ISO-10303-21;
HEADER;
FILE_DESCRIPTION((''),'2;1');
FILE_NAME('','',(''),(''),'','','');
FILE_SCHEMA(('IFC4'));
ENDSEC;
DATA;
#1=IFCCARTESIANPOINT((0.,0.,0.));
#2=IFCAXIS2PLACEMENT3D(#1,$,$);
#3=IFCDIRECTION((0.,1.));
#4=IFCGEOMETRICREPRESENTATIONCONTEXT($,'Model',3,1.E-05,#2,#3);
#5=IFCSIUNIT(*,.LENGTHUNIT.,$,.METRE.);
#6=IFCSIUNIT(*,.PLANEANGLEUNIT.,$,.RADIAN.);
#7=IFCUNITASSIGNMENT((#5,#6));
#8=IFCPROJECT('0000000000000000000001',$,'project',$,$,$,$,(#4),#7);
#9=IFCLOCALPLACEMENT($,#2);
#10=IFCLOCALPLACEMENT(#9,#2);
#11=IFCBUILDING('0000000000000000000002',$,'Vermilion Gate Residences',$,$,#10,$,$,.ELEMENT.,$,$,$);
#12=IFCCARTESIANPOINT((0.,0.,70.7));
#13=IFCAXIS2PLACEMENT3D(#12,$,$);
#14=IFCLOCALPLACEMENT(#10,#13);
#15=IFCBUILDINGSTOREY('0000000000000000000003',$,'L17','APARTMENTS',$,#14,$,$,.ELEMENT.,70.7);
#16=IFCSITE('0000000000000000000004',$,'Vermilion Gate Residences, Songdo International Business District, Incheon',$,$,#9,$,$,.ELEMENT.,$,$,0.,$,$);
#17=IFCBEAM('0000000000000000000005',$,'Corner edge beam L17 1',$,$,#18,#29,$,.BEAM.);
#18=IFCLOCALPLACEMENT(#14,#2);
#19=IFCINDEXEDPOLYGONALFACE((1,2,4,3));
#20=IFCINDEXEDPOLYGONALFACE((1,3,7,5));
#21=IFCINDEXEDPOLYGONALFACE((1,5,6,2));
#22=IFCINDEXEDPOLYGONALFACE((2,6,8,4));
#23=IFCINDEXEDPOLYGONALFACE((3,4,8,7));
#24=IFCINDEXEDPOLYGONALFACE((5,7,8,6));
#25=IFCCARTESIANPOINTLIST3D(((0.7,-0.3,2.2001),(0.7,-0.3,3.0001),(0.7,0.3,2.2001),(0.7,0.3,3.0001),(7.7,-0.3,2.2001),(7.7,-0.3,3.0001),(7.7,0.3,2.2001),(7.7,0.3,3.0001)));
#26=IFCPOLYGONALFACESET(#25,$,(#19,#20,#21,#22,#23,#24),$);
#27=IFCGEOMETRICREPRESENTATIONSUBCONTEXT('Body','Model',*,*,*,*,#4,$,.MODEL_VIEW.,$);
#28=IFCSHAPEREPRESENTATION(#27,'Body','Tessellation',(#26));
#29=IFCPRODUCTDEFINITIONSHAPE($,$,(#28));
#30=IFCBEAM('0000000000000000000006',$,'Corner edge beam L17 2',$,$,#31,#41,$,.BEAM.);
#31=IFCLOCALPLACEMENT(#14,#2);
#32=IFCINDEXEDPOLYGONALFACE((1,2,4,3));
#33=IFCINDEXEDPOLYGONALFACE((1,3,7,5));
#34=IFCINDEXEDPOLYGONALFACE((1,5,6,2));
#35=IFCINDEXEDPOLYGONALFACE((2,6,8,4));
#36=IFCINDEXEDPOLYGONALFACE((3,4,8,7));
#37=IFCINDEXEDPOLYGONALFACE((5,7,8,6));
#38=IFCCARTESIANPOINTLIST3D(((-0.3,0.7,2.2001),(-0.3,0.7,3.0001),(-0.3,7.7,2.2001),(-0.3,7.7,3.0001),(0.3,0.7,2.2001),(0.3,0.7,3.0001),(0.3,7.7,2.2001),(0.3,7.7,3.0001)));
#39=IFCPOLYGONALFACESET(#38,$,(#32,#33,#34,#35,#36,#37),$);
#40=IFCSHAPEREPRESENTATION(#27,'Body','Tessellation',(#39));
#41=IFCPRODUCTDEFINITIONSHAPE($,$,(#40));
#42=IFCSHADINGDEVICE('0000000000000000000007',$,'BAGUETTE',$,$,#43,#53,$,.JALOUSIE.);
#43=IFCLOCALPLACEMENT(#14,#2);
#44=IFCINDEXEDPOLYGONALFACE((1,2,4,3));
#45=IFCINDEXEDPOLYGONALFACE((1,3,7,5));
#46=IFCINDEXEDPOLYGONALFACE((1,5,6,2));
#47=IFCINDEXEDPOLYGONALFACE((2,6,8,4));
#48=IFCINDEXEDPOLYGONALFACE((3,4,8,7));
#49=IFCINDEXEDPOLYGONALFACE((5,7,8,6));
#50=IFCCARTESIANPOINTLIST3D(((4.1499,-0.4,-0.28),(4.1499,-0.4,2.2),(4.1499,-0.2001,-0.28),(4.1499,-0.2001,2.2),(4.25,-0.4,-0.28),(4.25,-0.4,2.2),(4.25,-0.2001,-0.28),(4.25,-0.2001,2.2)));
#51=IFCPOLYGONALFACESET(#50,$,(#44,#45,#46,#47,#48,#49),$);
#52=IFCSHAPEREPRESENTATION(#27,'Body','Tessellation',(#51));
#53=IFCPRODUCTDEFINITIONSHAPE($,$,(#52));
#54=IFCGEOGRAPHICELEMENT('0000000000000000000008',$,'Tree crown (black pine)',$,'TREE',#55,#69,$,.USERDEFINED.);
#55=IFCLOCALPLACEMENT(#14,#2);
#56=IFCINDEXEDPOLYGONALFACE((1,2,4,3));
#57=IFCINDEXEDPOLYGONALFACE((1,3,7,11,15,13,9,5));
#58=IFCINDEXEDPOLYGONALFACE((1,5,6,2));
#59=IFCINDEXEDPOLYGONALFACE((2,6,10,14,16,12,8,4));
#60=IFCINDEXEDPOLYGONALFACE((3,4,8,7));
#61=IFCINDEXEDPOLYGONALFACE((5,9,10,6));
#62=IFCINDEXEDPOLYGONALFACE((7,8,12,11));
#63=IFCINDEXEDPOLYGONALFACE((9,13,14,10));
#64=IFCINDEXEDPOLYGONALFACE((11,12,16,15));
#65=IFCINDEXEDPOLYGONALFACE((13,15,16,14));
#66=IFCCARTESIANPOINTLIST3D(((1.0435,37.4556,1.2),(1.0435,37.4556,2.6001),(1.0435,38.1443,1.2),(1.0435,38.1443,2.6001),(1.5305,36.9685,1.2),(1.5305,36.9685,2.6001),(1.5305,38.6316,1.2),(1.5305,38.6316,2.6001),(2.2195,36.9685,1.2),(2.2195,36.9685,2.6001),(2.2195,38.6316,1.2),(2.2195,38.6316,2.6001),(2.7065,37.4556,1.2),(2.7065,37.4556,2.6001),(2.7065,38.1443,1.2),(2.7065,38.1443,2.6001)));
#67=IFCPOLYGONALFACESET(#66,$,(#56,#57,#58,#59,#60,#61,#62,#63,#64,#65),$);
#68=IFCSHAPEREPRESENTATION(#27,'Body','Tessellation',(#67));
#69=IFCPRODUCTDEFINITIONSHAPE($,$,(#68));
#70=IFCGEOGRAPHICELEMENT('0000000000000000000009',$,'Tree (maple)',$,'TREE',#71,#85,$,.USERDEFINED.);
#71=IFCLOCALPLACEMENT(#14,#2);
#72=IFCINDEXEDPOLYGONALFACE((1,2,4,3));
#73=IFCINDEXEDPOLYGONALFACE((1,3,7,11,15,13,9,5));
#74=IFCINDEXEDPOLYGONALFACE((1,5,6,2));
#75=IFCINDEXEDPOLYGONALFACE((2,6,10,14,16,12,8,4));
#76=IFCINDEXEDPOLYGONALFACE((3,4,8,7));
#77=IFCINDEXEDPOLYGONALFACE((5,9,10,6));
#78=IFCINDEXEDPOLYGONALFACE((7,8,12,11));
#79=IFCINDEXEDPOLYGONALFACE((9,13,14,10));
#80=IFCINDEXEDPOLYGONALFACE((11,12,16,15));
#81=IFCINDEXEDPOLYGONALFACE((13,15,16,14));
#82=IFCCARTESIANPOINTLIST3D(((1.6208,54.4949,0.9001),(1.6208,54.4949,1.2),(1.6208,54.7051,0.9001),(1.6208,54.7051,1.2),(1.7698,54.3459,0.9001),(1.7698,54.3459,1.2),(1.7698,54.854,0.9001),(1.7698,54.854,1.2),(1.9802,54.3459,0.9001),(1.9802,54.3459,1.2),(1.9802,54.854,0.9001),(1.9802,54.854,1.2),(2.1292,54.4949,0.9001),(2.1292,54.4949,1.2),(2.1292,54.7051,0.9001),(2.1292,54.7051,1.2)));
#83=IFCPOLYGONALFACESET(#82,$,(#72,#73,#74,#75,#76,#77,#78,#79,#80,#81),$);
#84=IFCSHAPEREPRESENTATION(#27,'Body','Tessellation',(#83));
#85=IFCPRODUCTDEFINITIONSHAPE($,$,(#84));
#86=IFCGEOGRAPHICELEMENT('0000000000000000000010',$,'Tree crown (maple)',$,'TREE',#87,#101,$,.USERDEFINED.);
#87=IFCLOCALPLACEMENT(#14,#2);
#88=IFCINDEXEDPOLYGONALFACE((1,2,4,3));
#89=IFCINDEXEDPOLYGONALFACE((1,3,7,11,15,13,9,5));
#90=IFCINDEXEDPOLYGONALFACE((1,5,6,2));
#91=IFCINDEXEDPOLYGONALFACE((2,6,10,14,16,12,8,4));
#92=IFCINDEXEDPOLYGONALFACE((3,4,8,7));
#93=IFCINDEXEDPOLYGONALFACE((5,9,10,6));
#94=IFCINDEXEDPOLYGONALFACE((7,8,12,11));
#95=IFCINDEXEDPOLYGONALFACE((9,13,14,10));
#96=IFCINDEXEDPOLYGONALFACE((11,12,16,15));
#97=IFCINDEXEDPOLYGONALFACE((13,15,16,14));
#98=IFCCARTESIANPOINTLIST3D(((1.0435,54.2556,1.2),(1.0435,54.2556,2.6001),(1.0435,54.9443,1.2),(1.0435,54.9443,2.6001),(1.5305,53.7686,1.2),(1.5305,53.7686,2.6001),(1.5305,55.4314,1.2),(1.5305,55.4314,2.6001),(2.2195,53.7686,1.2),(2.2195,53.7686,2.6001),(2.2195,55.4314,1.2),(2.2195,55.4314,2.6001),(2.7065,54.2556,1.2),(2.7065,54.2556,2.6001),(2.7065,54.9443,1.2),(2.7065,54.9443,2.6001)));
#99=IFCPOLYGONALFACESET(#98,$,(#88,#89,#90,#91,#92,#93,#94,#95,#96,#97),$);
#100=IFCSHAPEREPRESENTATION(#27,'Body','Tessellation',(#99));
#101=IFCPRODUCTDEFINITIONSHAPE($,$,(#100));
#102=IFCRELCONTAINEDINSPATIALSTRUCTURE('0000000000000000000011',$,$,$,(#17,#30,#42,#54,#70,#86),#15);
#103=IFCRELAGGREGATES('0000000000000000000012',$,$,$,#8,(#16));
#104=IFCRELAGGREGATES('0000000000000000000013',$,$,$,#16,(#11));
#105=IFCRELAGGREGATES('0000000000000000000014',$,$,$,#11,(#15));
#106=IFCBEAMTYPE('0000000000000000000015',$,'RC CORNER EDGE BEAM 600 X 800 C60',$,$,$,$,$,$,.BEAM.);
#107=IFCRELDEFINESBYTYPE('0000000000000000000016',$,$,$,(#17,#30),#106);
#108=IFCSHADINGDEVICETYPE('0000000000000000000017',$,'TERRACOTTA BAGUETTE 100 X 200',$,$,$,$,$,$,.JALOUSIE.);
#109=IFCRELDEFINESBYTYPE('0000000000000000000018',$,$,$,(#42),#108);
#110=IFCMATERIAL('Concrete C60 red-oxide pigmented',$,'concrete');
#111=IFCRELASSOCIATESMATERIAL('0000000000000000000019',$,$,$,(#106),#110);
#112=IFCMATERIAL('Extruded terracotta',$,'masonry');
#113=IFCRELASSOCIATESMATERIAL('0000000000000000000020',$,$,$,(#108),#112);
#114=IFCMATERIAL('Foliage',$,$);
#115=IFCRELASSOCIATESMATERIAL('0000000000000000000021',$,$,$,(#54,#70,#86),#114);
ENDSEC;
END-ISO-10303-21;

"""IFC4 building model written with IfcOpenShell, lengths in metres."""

from ifc_helpers import new_model, si_unit, direction, frame, origin, origin_2d, place, context, subcontext, project, spatial, polyline, rectangle, outline, extrude, material, material_profile, profile_set, type_object, element, save


model = new_model("IFC4")

# Units and contexts
model_context = context("Model", 3, precision=1e-05, world=origin(), true_north=direction((0.0, 1.0)))
body_context = subcontext(model_context, "Body", "Model", "MODEL_VIEW")
ifc_project = project(units=[si_unit("LENGTHUNIT", "METRE"), si_unit("PLANEANGLEUNIT", "RADIAN")], contexts=[model_context])

# Site, building, storey
site_placement = place(None, origin())
site = spatial("IfcSite", under=ifc_project, at=site_placement, Name="Vermilion Gate Residences, Songdo International Business District, Incheon", CompositionType="ELEMENT", RefElevation=0.0)
building_placement = place(site_placement, origin())
building = spatial("IfcBuilding", under=site, at=building_placement, Name="Vermilion Gate Residences", CompositionType="ELEMENT")
storey_placement = place(building_placement, frame((0.0, 0.0, 70.7)))
storey = spatial("IfcBuildingStorey", under=building, at=storey_placement, Name="L17", Description="APARTMENTS", CompositionType="ELEMENT", Elevation=70.7)

# Beams
ifc_material_1 = material(Name="Concrete C60 red-oxide pigmented", Category="concrete")
ifc_material_profile_1 = material_profile(ifc_material_1, rectangle(XDim=0.6001, YDim=0.8, at=origin_2d()), Name="RC-600x800")
ifc_profile_set_1 = profile_set([ifc_material_profile_1], Name="Concrete C60 red-oxide pigmented")
beam_type = type_object("IfcBeamType", Name="RC CORNER EDGE BEAM 600 X 800 C60", PredefinedType="BEAM", material=ifc_profile_set_1)
for number, where, z_axis, x_axis, name in (
    (1, (0.7, 0.0, 2.6001), (1.0, 0.0, 0.0), (0.0, 1.0, 0.0), "Corner edge beam L17 1"),
    (2, (0.0, 0.7, 2.6001), (0.0, 1.0, 0.0), (-1.0, 0.0, 0.0), "Corner edge beam L17 2"),
):
    element("IfcBeam", number, at=place(storey_placement, frame(where, z_axis=z_axis, x_axis=x_axis)), inside=storey, type_object=beam_type, Name=name, PredefinedType="BEAM", context=body_context, shape_type="SweptSolid", body=[
        extrude(rectangle(XDim=0.6001, YDim=0.8, at=origin_2d()), origin(), (0.0, 0.0, 1.0), 7.0),
    ])

# Shading device
ifc_material_2 = material(Name="Extruded terracotta", Category="masonry")
ifc_material_profile_2 = material_profile(ifc_material_2, rectangle(XDim=0.2, YDim=0.1001, at=origin_2d()), Name="BAGUETTE 100 X 200")
ifc_profile_set_2 = profile_set([ifc_material_profile_2], Name="Extruded terracotta")
shading_device_type = type_object("IfcShadingDeviceType", Name="TERRACOTTA BAGUETTE 100 X 200", PredefinedType="JALOUSIE", material=ifc_profile_set_2)
shading_device_placement = place(storey_placement, frame((4.2, -0.3, -0.28), z_axis=(0.0, 0.0, 1.0), x_axis=(0.0, 1.0, 0.0)))
element("IfcShadingDevice", 3, at=shading_device_placement, inside=storey, type_object=shading_device_type, Name="BAGUETTE", PredefinedType="JALOUSIE", context=body_context, shape_type="SweptSolid", body=[
    extrude(rectangle(XDim=0.2, YDim=0.1001, at=origin_2d()), origin(), (0.0, 0.0, 1.0), 2.48),
])

# Geographic elements
ifc_material_3 = material(Name="Foliage")
geographic_element_1_placement = place(storey_placement, frame((0.0, 0.0, 1.2)))
element("IfcGeographicElement", 4, at=geographic_element_1_placement, inside=storey, material=ifc_material_3, Name="Tree crown (black pine)", ObjectType="TREE", PredefinedType="USERDEFINED", context=body_context, shape_type="SweptSolid", body=[
    extrude(outline(polyline([(2.7065, 38.1443), (2.2195, 38.6316), (1.5305, 38.6316), (1.0435, 38.1443), (1.0435, 37.4556), (1.5305, 36.9685), (2.2195, 36.9685), (2.7065, 37.4556), (2.7065, 38.1443)])), origin(), (0.0, 0.0, 1.0), 1.4001),
])
geographic_element_2_placement = place(storey_placement, frame((0.0, 0.0, 0.9001)))
element("IfcGeographicElement", 5, at=geographic_element_2_placement, inside=storey, material=ifc_material_3, Name="Tree (maple)", ObjectType="TREE", PredefinedType="USERDEFINED", context=body_context, shape_type="SweptSolid", body=[
    extrude(outline(polyline([(2.1292, 54.7051), (1.9802, 54.854), (1.7698, 54.854), (1.6208, 54.7051), (1.6208, 54.4949), (1.7698, 54.3459), (1.9802, 54.3459), (2.1292, 54.4949), (2.1292, 54.7051)])), origin(), (0.0, 0.0, 1.0), 0.2998),
])
geographic_element_3_placement = place(storey_placement, frame((0.0, 0.0, 1.2)))
element("IfcGeographicElement", 6, at=geographic_element_3_placement, inside=storey, material=ifc_material_3, Name="Tree crown (maple)", ObjectType="TREE", PredefinedType="USERDEFINED", context=body_context, shape_type="SweptSolid", body=[
    extrude(outline(polyline([(2.7065, 54.9443), (2.2195, 55.4314), (1.5305, 55.4314), (1.0435, 54.9443), (1.0435, 54.2556), (1.5305, 53.7686), (2.2195, 53.7686), (2.7065, 54.2556), (2.7065, 54.9443)])), origin(), (0.0, 0.0, 1.0), 1.4001),
])

save(model, "model.ifc")
